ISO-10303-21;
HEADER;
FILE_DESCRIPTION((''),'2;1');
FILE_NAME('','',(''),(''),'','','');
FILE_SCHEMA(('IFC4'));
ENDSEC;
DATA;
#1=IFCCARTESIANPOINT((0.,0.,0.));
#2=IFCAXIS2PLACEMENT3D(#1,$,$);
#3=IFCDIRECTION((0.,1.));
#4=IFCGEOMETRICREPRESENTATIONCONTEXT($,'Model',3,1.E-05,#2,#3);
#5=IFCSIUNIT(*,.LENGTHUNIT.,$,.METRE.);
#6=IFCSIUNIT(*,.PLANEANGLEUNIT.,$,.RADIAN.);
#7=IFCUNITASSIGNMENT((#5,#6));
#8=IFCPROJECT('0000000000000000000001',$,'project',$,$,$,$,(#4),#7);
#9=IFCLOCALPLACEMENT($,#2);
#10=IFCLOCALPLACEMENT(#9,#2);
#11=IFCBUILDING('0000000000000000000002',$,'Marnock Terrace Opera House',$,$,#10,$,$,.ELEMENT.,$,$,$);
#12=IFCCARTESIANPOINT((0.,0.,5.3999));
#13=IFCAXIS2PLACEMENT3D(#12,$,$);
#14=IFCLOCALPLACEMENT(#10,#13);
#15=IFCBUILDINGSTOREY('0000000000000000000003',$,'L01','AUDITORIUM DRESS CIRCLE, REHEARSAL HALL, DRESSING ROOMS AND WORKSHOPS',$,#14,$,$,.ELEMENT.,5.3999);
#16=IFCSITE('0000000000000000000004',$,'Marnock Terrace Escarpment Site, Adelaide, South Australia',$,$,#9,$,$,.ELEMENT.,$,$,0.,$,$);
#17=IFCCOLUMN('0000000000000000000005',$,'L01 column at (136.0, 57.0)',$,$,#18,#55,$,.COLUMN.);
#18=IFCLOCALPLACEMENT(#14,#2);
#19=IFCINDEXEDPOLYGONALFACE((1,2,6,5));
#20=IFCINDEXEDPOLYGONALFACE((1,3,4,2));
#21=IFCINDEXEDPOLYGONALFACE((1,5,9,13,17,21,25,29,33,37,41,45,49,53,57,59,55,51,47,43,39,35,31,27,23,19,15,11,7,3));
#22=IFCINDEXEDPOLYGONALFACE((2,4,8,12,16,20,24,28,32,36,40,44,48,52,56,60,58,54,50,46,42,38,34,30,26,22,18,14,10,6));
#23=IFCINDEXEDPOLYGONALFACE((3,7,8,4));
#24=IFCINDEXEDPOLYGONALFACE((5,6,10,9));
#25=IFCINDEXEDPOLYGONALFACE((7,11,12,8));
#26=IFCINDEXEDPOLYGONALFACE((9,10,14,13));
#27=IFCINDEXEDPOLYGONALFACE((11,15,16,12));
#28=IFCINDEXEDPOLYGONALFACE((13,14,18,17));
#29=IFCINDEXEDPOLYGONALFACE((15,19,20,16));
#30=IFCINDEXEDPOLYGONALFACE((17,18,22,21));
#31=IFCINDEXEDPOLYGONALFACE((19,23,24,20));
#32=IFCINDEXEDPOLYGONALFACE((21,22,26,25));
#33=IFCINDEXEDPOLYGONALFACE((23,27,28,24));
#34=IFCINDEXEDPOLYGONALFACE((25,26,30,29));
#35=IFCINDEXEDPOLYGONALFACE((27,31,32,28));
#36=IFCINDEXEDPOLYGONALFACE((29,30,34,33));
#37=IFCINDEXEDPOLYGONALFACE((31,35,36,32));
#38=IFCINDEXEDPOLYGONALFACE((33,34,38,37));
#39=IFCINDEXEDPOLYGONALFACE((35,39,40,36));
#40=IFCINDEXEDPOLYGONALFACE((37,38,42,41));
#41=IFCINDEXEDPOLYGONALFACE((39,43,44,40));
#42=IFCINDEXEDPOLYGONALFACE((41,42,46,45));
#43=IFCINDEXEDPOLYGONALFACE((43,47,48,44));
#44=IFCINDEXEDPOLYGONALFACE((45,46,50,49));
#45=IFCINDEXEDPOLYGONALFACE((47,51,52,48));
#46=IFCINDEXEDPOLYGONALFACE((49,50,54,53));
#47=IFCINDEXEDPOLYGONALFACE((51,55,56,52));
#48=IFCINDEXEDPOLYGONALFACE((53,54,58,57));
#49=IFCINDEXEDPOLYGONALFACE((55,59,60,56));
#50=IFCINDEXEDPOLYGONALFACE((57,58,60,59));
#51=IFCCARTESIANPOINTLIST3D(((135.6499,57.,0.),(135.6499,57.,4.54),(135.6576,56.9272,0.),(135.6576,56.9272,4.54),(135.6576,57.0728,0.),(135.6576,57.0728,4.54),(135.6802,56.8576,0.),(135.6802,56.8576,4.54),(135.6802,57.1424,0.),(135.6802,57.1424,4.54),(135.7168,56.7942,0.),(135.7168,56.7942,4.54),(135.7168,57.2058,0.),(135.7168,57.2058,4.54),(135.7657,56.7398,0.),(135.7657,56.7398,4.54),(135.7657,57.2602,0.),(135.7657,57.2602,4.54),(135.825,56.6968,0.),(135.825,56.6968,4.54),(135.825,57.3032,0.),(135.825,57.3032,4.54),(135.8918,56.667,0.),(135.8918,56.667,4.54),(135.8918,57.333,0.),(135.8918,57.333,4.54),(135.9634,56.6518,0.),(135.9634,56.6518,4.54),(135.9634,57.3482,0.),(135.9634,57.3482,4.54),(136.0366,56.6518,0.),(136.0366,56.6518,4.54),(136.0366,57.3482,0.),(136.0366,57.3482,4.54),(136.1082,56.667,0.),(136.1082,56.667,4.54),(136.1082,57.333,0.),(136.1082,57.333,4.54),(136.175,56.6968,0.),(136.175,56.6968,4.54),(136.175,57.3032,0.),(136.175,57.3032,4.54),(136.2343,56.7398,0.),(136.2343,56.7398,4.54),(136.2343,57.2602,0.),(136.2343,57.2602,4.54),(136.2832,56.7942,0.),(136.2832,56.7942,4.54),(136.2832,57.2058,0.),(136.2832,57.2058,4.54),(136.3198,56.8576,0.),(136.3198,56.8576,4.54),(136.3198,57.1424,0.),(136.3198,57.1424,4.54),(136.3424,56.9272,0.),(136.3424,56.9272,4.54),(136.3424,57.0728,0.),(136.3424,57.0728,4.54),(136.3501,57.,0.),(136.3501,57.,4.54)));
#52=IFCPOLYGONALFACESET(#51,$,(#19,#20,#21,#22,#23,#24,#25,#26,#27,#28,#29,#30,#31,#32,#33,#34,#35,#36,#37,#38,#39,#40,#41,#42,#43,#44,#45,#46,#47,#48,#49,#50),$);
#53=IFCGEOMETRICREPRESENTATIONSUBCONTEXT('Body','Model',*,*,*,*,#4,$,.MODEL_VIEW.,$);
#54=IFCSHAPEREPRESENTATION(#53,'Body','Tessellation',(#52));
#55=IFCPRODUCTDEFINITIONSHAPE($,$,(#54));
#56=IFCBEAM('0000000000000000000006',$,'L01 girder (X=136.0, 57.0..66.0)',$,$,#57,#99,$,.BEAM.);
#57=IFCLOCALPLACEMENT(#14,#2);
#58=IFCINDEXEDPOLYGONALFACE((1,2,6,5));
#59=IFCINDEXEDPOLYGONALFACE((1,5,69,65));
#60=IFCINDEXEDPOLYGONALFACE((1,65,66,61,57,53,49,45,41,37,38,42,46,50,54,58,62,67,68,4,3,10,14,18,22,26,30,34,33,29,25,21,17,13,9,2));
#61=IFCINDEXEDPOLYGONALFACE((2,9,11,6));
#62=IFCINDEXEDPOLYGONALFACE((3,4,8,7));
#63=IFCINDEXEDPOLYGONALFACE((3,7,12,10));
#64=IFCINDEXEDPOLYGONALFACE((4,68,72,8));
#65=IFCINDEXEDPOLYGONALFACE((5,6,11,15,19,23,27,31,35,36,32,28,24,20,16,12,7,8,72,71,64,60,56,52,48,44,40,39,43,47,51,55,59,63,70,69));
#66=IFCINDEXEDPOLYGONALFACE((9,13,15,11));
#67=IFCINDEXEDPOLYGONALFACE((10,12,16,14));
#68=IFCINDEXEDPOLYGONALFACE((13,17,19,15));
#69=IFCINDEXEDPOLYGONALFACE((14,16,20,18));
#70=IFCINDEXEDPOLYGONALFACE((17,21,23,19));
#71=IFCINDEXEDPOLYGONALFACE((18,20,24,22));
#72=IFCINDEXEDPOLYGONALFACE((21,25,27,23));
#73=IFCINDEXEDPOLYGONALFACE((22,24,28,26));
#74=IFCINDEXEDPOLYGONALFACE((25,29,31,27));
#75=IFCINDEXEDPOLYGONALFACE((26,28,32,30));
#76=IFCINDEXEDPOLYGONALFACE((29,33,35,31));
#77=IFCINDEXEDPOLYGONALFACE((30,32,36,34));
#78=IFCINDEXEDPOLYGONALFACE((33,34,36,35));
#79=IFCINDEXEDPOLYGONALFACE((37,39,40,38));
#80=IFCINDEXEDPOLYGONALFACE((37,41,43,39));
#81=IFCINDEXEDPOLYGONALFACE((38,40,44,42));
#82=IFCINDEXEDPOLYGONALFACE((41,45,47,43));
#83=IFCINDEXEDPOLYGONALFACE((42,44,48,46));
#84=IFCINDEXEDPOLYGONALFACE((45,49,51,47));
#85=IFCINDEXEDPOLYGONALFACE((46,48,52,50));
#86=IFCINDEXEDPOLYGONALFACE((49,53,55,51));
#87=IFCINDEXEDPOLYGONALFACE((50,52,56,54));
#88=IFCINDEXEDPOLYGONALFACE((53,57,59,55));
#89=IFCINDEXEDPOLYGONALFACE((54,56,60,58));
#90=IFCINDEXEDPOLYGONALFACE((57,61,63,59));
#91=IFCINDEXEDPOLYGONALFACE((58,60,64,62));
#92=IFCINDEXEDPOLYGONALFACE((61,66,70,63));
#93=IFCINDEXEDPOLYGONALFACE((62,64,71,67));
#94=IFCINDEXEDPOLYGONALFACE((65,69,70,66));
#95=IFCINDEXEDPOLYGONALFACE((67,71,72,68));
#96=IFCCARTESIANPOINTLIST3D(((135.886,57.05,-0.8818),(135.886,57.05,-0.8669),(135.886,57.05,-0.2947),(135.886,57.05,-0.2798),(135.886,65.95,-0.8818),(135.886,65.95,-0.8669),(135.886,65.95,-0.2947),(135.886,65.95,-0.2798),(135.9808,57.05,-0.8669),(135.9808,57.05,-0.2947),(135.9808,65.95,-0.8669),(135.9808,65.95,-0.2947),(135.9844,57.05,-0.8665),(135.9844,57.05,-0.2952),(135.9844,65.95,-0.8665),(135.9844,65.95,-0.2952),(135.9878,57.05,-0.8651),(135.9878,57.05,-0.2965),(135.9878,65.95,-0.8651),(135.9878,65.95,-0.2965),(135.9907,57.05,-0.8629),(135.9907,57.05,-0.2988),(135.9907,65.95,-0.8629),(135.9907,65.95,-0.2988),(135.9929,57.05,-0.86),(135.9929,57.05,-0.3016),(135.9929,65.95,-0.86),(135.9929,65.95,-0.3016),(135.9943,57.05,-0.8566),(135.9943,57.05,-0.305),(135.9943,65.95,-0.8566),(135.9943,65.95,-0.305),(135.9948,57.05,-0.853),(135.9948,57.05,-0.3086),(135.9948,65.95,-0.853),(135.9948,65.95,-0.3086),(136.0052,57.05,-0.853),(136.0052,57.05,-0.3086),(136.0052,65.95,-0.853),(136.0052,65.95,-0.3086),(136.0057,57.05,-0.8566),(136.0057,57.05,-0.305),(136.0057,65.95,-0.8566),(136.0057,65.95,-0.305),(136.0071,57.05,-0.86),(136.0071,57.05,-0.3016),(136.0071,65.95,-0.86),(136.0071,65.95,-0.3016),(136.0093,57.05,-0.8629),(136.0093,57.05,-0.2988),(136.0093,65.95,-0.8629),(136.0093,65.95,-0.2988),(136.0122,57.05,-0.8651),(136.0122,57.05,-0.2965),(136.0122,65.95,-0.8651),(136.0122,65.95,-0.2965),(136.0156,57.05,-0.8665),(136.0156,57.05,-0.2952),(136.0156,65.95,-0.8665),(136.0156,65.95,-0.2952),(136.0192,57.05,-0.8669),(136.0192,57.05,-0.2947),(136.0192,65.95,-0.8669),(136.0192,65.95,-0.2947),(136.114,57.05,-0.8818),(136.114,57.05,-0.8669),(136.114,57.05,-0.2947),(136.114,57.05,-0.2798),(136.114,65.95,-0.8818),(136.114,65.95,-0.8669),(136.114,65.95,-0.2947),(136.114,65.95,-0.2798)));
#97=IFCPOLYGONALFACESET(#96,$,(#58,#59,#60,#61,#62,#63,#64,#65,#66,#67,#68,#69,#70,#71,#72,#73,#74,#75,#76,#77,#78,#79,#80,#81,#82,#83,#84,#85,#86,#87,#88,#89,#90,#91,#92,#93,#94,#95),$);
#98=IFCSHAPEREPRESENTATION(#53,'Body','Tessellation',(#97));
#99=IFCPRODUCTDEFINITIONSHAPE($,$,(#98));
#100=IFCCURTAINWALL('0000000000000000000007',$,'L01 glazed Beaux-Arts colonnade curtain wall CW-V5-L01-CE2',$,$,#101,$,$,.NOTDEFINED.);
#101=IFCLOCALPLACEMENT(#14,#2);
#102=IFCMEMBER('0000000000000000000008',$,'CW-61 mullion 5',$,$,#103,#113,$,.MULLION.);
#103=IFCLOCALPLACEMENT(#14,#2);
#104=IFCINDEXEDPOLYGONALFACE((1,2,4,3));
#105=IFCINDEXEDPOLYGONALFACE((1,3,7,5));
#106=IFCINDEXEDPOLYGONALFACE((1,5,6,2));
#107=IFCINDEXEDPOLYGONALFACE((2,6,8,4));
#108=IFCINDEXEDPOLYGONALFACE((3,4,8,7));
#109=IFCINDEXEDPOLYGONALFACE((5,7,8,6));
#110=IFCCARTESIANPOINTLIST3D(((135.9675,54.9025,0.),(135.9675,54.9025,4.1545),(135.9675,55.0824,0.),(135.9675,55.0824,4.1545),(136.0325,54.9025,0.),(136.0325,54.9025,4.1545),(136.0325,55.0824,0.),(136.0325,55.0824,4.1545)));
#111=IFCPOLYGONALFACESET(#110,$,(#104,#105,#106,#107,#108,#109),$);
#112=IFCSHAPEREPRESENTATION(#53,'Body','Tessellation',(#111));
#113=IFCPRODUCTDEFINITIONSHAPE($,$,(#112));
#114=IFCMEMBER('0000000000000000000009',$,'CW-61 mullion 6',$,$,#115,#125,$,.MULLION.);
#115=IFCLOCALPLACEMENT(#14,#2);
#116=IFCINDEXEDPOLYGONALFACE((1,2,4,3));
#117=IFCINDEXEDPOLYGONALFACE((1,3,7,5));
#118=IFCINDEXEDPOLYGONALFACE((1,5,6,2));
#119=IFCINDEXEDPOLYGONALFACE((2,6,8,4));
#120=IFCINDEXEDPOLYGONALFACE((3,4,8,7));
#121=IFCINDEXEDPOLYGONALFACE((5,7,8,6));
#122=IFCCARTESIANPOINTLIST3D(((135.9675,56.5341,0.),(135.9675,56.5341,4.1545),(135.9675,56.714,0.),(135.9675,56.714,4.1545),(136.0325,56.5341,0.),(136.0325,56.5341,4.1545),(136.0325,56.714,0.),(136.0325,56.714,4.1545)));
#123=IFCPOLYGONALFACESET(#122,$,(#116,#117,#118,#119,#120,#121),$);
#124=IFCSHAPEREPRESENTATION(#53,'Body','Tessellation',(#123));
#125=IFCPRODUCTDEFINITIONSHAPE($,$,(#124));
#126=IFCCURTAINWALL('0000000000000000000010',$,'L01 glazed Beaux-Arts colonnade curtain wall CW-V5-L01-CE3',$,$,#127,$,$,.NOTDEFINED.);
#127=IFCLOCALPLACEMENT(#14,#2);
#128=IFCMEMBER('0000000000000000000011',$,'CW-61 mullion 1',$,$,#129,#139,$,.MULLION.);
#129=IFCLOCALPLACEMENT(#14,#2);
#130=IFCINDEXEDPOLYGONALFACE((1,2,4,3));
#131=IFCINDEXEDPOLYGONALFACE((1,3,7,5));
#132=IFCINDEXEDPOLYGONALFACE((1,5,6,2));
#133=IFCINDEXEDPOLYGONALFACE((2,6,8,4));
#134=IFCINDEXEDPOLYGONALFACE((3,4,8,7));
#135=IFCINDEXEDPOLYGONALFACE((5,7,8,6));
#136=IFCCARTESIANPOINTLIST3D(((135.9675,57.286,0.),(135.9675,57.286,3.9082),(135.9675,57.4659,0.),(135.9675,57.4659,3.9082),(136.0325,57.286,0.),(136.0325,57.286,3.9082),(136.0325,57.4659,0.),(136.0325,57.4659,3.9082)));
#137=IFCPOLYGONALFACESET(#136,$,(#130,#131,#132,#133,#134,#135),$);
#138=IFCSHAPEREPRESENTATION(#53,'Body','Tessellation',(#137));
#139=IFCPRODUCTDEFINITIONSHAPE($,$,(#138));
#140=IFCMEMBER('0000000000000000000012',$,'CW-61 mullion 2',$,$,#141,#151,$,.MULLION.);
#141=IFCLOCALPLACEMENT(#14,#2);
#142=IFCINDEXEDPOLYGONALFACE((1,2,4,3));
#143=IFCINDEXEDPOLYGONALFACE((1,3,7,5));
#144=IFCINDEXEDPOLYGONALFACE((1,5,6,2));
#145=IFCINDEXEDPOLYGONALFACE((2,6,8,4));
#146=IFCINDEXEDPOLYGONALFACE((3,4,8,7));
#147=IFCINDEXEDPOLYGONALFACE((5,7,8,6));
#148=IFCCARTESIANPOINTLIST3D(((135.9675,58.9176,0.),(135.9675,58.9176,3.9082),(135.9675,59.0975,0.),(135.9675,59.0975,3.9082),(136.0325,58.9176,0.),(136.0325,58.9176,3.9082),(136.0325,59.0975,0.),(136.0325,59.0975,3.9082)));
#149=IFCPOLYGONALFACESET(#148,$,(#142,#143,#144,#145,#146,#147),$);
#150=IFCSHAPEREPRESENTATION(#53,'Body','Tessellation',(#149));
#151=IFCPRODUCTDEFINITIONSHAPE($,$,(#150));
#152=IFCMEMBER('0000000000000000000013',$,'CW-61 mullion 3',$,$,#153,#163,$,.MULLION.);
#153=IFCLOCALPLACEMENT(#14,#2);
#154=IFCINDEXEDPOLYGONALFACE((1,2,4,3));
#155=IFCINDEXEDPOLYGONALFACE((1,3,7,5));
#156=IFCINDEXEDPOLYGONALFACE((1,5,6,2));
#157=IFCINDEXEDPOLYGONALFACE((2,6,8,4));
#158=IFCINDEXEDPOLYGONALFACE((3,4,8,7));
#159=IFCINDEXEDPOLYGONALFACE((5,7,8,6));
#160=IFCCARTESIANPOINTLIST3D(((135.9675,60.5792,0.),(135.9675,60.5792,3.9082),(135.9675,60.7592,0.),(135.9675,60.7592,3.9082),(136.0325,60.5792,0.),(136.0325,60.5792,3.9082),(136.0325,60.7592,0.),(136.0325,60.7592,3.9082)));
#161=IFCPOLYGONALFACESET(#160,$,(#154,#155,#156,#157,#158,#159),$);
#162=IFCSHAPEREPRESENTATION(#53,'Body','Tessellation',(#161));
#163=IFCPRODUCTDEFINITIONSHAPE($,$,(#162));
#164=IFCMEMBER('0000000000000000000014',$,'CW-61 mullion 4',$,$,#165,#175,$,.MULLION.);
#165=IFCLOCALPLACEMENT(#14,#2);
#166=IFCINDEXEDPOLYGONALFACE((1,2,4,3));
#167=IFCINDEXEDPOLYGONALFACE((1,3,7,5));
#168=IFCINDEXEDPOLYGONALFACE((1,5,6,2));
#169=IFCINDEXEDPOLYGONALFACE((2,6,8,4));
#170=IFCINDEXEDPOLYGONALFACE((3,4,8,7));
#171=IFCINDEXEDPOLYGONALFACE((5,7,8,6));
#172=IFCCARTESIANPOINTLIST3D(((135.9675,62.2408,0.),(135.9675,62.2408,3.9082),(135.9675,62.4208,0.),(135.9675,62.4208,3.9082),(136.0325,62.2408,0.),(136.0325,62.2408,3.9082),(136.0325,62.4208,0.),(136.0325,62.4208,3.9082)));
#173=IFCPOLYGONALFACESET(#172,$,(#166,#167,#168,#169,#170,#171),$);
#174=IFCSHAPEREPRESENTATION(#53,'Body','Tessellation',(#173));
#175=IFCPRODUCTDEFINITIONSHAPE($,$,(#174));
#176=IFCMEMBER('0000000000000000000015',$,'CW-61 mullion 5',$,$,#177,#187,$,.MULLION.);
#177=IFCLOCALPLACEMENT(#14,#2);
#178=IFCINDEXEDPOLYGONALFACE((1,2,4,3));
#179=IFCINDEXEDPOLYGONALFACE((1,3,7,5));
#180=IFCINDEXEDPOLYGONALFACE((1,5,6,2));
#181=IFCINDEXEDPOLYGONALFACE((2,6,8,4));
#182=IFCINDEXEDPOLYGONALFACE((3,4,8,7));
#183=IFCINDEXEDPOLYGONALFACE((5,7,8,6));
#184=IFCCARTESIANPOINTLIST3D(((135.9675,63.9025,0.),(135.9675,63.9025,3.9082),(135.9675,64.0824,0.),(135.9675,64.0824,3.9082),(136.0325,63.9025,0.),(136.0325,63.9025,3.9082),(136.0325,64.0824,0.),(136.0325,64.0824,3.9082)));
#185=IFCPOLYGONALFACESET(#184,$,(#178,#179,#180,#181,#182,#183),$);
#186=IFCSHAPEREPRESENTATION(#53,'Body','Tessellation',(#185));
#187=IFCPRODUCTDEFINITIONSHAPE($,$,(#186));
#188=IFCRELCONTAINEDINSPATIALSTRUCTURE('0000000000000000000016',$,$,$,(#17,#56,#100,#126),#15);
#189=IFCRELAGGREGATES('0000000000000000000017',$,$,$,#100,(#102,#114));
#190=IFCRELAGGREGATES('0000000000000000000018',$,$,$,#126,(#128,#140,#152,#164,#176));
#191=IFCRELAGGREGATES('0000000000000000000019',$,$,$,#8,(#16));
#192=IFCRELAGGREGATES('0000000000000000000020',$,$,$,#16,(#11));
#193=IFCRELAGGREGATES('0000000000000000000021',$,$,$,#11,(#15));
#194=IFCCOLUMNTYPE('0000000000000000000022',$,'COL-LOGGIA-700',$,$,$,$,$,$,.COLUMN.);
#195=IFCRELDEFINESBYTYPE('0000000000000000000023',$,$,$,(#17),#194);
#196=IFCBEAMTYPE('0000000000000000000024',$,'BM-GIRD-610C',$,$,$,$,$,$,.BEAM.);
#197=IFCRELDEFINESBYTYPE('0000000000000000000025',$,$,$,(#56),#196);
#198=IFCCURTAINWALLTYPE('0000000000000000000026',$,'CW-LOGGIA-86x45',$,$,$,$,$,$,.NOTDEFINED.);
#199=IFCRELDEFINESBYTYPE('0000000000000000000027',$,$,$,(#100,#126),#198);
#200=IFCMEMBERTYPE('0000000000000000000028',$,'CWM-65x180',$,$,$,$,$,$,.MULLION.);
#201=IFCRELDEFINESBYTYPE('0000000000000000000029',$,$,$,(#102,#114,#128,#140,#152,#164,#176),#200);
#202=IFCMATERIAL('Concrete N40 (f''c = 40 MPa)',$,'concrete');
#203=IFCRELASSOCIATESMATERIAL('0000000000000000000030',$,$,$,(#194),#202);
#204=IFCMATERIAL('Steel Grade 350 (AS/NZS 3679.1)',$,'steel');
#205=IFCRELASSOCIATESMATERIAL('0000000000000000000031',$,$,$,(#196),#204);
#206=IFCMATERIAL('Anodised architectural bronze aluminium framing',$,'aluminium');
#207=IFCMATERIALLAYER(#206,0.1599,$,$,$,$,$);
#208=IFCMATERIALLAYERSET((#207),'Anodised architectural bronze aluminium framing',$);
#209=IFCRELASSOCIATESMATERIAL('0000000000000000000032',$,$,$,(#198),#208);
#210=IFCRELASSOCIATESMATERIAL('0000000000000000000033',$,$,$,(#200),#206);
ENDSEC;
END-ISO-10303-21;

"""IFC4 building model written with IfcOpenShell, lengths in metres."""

from ifc_helpers import new_model, si_unit, direction, frame, origin, origin_2d, place, context, subcontext, project, spatial, rectangle, circle, i_section, extrude, material, layer, layer_set, material_profile, profile_set, type_object, element, aggregate, save


model = new_model("IFC4")

# Units and contexts
model_context = context("Model", 3, precision=1e-05, world=origin(), true_north=direction((0.0, 1.0)))
body_context = subcontext(model_context, "Body", "Model", "MODEL_VIEW")
ifc_project = project(units=[si_unit("LENGTHUNIT", "METRE"), si_unit("PLANEANGLEUNIT", "RADIAN")], contexts=[model_context])

# Site, building, storey
site_placement = place(None, origin())
site = spatial("IfcSite", under=ifc_project, at=site_placement, Name="Marnock Terrace Escarpment Site, Adelaide, South Australia", CompositionType="ELEMENT", RefElevation=0.0)
building_placement = place(site_placement, origin())
building = spatial("IfcBuilding", under=site, at=building_placement, Name="Marnock Terrace Opera House", CompositionType="ELEMENT")
storey_placement = place(building_placement, frame((0.0, 0.0, 5.3999)))
storey = spatial("IfcBuildingStorey", under=building, at=storey_placement, Name="L01", Description="AUDITORIUM DRESS CIRCLE, REHEARSAL HALL, DRESSING ROOMS AND WORKSHOPS", CompositionType="ELEMENT", Elevation=5.3999)

# Column
ifc_material_1 = material(Name="Concrete N40 (f'c = 40 MPa)", Category="concrete")
ifc_material_profile_1 = material_profile(ifc_material_1, circle(Radius=0.3501, at=origin_2d()))
ifc_profile_set_1 = profile_set([ifc_material_profile_1], Name="Concrete N40 (f'c = 40 MPa)")
column_type = type_object("IfcColumnType", Name="COL-LOGGIA-700", PredefinedType="COLUMN", material=ifc_profile_set_1)
column_placement = place(storey_placement, frame((136.0, 57.0, 0.0), z_axis=(0.0, 0.0, 1.0), x_axis=(1.0, 0.0, 0.0)))
element("IfcColumn", 1, at=column_placement, inside=storey, type_object=column_type, Name="L01 column at (136.0, 57.0)", PredefinedType="COLUMN", context=body_context, shape_type="SweptSolid", body=[
    extrude(circle(Radius=0.3501, at=origin_2d()), origin(), (0.0, 0.0, 1.0), 4.54),
])

# Beam
ifc_material_2 = material(Name="Steel Grade 350 (AS/NZS 3679.1)", Category="steel")
ifc_material_profile_2 = material_profile(ifc_material_2, i_section(OverallWidth=0.228, OverallDepth=0.6021, WebThickness=0.0105, FlangeThickness=0.0149, FilletRadius=0.0139, at=origin_2d()))
ifc_profile_set_2 = profile_set([ifc_material_profile_2], Name="Steel Grade 350 (AS/NZS 3679.1)")
beam_type = type_object("IfcBeamType", Name="BM-GIRD-610C", PredefinedType="BEAM", material=ifc_profile_set_2)
beam_placement = place(storey_placement, frame((136.0, 57.05, -0.5808), z_axis=(0.0, 1.0, 0.0), x_axis=(-1.0, 0.0, 0.0)))
element("IfcBeam", 2, at=beam_placement, inside=storey, type_object=beam_type, Name="L01 girder (X=136.0, 57.0..66.0)", PredefinedType="BEAM", context=body_context, shape_type="SweptSolid", body=[
    extrude(i_section(OverallWidth=0.228, OverallDepth=0.6021, WebThickness=0.0105, FlangeThickness=0.0149, FilletRadius=0.0139, at=origin_2d()), origin(), (0.0, 0.0, 1.0), 8.8999),
])

# Curtain walls, members
ifc_material_3 = material(Name="Anodised architectural bronze aluminium framing", Category="aluminium")
ifc_layer_1 = layer(ifc_material_3, 0.1599)
ifc_layer_set_1 = layer_set([ifc_layer_1], Name="Anodised architectural bronze aluminium framing")
curtain_wall_type = type_object("IfcCurtainWallType", Name="CW-LOGGIA-86x45", PredefinedType="NOTDEFINED", material=ifc_layer_set_1)
curtain_wall_1_placement = place(storey_placement, origin())
curtain_wall_1 = element("IfcCurtainWall", 3, at=curtain_wall_1_placement, inside=storey, type_object=curtain_wall_type, Name="L01 glazed Beaux-Arts colonnade curtain wall CW-V5-L01-CE2", PredefinedType="NOTDEFINED")
ifc_material_profile_3 = material_profile(ifc_material_3, rectangle(XDim=0.0649, YDim=0.1799, at=origin_2d()))
ifc_profile_set_3 = profile_set([ifc_material_profile_3], Name="Anodised architectural bronze aluminium framing")
member_type_1 = type_object("IfcMemberType", Name="CWM-65x180", PredefinedType="MULLION", material=ifc_profile_set_3)
member_1_placement = place(storey_placement, frame((136.0, 54.9924, 0.0), z_axis=(0.0, 0.0, 1.0), x_axis=(-1.0, 0.0, 0.0)))
member_1 = element("IfcMember", 4, at=member_1_placement, type_object=member_type_1, Name="CW-61 mullion 5", PredefinedType="MULLION", context=body_context, shape_type="SweptSolid", body=[
    extrude(rectangle(XDim=0.0649, YDim=0.1799, at=origin_2d()), origin(), (0.0, 0.0, 1.0), 4.1545),
])
member_2_placement = place(storey_placement, frame((136.0, 56.624, 0.0), z_axis=(0.0, 0.0, 1.0), x_axis=(-1.0, 0.0, 0.0)))
member_2 = element("IfcMember", 5, at=member_2_placement, type_object=member_type_1, Name="CW-61 mullion 6", PredefinedType="MULLION", context=body_context, shape_type="SweptSolid", body=[
    extrude(rectangle(XDim=0.0649, YDim=0.1799, at=origin_2d()), origin(), (0.0, 0.0, 1.0), 4.1545),
])
curtain_wall_2_placement = place(storey_placement, origin())
curtain_wall_2 = element("IfcCurtainWall", 6, at=curtain_wall_2_placement, inside=storey, type_object=curtain_wall_type, Name="L01 glazed Beaux-Arts colonnade curtain wall CW-V5-L01-CE3", PredefinedType="NOTDEFINED")
member_3_placement = place(storey_placement, frame((136.0, 57.376, 0.0), z_axis=(0.0, 0.0, 1.0), x_axis=(-1.0, 0.0, 0.0)))
member_3 = element("IfcMember", 7, at=member_3_placement, type_object=member_type_1, Name="CW-61 mullion 1", PredefinedType="MULLION", context=body_context, shape_type="SweptSolid", body=[
    extrude(rectangle(XDim=0.0649, YDim=0.1799, at=origin_2d()), origin(), (0.0, 0.0, 1.0), 3.9082),
])
member_4_placement = place(storey_placement, frame((136.0, 59.0076, 0.0), z_axis=(0.0, 0.0, 1.0), x_axis=(-1.0, 0.0, 0.0)))
member_4 = element("IfcMember", 8, at=member_4_placement, type_object=member_type_1, Name="CW-61 mullion 2", PredefinedType="MULLION", context=body_context, shape_type="SweptSolid", body=[
    extrude(rectangle(XDim=0.0649, YDim=0.1799, at=origin_2d()), origin(), (0.0, 0.0, 1.0), 3.9082),
])
member_5_placement = place(storey_placement, frame((136.0, 60.6692, 0.0), z_axis=(0.0, 0.0, 1.0), x_axis=(-1.0, 0.0, 0.0)))
member_5 = element("IfcMember", 9, at=member_5_placement, type_object=member_type_1, Name="CW-61 mullion 3", PredefinedType="MULLION", context=body_context, shape_type="SweptSolid", body=[
    extrude(rectangle(XDim=0.0649, YDim=0.1799, at=origin_2d()), origin(), (0.0, 0.0, 1.0), 3.9082),
])
member_6_placement = place(storey_placement, frame((136.0, 62.3308, 0.0), z_axis=(0.0, 0.0, 1.0), x_axis=(-1.0, 0.0, 0.0)))
member_6 = element("IfcMember", 10, at=member_6_placement, type_object=member_type_1, Name="CW-61 mullion 4", PredefinedType="MULLION", context=body_context, shape_type="SweptSolid", body=[
    extrude(rectangle(XDim=0.0649, YDim=0.1799, at=origin_2d()), origin(), (0.0, 0.0, 1.0), 3.9082),
])
member_7_placement = place(storey_placement, frame((136.0, 63.9924, 0.0), z_axis=(0.0, 0.0, 1.0), x_axis=(-1.0, 0.0, 0.0)))
member_7 = element("IfcMember", 11, at=member_7_placement, type_object=member_type_1, Name="CW-61 mullion 5", PredefinedType="MULLION", context=body_context, shape_type="SweptSolid", body=[
    extrude(rectangle(XDim=0.0649, YDim=0.1799, at=origin_2d()), origin(), (0.0, 0.0, 1.0), 3.9082),
])

aggregate(curtain_wall_1, [member_1, member_2])
aggregate(curtain_wall_2, [member_3, member_4, member_5, member_6, member_7])

save(model, "model.ifc")
